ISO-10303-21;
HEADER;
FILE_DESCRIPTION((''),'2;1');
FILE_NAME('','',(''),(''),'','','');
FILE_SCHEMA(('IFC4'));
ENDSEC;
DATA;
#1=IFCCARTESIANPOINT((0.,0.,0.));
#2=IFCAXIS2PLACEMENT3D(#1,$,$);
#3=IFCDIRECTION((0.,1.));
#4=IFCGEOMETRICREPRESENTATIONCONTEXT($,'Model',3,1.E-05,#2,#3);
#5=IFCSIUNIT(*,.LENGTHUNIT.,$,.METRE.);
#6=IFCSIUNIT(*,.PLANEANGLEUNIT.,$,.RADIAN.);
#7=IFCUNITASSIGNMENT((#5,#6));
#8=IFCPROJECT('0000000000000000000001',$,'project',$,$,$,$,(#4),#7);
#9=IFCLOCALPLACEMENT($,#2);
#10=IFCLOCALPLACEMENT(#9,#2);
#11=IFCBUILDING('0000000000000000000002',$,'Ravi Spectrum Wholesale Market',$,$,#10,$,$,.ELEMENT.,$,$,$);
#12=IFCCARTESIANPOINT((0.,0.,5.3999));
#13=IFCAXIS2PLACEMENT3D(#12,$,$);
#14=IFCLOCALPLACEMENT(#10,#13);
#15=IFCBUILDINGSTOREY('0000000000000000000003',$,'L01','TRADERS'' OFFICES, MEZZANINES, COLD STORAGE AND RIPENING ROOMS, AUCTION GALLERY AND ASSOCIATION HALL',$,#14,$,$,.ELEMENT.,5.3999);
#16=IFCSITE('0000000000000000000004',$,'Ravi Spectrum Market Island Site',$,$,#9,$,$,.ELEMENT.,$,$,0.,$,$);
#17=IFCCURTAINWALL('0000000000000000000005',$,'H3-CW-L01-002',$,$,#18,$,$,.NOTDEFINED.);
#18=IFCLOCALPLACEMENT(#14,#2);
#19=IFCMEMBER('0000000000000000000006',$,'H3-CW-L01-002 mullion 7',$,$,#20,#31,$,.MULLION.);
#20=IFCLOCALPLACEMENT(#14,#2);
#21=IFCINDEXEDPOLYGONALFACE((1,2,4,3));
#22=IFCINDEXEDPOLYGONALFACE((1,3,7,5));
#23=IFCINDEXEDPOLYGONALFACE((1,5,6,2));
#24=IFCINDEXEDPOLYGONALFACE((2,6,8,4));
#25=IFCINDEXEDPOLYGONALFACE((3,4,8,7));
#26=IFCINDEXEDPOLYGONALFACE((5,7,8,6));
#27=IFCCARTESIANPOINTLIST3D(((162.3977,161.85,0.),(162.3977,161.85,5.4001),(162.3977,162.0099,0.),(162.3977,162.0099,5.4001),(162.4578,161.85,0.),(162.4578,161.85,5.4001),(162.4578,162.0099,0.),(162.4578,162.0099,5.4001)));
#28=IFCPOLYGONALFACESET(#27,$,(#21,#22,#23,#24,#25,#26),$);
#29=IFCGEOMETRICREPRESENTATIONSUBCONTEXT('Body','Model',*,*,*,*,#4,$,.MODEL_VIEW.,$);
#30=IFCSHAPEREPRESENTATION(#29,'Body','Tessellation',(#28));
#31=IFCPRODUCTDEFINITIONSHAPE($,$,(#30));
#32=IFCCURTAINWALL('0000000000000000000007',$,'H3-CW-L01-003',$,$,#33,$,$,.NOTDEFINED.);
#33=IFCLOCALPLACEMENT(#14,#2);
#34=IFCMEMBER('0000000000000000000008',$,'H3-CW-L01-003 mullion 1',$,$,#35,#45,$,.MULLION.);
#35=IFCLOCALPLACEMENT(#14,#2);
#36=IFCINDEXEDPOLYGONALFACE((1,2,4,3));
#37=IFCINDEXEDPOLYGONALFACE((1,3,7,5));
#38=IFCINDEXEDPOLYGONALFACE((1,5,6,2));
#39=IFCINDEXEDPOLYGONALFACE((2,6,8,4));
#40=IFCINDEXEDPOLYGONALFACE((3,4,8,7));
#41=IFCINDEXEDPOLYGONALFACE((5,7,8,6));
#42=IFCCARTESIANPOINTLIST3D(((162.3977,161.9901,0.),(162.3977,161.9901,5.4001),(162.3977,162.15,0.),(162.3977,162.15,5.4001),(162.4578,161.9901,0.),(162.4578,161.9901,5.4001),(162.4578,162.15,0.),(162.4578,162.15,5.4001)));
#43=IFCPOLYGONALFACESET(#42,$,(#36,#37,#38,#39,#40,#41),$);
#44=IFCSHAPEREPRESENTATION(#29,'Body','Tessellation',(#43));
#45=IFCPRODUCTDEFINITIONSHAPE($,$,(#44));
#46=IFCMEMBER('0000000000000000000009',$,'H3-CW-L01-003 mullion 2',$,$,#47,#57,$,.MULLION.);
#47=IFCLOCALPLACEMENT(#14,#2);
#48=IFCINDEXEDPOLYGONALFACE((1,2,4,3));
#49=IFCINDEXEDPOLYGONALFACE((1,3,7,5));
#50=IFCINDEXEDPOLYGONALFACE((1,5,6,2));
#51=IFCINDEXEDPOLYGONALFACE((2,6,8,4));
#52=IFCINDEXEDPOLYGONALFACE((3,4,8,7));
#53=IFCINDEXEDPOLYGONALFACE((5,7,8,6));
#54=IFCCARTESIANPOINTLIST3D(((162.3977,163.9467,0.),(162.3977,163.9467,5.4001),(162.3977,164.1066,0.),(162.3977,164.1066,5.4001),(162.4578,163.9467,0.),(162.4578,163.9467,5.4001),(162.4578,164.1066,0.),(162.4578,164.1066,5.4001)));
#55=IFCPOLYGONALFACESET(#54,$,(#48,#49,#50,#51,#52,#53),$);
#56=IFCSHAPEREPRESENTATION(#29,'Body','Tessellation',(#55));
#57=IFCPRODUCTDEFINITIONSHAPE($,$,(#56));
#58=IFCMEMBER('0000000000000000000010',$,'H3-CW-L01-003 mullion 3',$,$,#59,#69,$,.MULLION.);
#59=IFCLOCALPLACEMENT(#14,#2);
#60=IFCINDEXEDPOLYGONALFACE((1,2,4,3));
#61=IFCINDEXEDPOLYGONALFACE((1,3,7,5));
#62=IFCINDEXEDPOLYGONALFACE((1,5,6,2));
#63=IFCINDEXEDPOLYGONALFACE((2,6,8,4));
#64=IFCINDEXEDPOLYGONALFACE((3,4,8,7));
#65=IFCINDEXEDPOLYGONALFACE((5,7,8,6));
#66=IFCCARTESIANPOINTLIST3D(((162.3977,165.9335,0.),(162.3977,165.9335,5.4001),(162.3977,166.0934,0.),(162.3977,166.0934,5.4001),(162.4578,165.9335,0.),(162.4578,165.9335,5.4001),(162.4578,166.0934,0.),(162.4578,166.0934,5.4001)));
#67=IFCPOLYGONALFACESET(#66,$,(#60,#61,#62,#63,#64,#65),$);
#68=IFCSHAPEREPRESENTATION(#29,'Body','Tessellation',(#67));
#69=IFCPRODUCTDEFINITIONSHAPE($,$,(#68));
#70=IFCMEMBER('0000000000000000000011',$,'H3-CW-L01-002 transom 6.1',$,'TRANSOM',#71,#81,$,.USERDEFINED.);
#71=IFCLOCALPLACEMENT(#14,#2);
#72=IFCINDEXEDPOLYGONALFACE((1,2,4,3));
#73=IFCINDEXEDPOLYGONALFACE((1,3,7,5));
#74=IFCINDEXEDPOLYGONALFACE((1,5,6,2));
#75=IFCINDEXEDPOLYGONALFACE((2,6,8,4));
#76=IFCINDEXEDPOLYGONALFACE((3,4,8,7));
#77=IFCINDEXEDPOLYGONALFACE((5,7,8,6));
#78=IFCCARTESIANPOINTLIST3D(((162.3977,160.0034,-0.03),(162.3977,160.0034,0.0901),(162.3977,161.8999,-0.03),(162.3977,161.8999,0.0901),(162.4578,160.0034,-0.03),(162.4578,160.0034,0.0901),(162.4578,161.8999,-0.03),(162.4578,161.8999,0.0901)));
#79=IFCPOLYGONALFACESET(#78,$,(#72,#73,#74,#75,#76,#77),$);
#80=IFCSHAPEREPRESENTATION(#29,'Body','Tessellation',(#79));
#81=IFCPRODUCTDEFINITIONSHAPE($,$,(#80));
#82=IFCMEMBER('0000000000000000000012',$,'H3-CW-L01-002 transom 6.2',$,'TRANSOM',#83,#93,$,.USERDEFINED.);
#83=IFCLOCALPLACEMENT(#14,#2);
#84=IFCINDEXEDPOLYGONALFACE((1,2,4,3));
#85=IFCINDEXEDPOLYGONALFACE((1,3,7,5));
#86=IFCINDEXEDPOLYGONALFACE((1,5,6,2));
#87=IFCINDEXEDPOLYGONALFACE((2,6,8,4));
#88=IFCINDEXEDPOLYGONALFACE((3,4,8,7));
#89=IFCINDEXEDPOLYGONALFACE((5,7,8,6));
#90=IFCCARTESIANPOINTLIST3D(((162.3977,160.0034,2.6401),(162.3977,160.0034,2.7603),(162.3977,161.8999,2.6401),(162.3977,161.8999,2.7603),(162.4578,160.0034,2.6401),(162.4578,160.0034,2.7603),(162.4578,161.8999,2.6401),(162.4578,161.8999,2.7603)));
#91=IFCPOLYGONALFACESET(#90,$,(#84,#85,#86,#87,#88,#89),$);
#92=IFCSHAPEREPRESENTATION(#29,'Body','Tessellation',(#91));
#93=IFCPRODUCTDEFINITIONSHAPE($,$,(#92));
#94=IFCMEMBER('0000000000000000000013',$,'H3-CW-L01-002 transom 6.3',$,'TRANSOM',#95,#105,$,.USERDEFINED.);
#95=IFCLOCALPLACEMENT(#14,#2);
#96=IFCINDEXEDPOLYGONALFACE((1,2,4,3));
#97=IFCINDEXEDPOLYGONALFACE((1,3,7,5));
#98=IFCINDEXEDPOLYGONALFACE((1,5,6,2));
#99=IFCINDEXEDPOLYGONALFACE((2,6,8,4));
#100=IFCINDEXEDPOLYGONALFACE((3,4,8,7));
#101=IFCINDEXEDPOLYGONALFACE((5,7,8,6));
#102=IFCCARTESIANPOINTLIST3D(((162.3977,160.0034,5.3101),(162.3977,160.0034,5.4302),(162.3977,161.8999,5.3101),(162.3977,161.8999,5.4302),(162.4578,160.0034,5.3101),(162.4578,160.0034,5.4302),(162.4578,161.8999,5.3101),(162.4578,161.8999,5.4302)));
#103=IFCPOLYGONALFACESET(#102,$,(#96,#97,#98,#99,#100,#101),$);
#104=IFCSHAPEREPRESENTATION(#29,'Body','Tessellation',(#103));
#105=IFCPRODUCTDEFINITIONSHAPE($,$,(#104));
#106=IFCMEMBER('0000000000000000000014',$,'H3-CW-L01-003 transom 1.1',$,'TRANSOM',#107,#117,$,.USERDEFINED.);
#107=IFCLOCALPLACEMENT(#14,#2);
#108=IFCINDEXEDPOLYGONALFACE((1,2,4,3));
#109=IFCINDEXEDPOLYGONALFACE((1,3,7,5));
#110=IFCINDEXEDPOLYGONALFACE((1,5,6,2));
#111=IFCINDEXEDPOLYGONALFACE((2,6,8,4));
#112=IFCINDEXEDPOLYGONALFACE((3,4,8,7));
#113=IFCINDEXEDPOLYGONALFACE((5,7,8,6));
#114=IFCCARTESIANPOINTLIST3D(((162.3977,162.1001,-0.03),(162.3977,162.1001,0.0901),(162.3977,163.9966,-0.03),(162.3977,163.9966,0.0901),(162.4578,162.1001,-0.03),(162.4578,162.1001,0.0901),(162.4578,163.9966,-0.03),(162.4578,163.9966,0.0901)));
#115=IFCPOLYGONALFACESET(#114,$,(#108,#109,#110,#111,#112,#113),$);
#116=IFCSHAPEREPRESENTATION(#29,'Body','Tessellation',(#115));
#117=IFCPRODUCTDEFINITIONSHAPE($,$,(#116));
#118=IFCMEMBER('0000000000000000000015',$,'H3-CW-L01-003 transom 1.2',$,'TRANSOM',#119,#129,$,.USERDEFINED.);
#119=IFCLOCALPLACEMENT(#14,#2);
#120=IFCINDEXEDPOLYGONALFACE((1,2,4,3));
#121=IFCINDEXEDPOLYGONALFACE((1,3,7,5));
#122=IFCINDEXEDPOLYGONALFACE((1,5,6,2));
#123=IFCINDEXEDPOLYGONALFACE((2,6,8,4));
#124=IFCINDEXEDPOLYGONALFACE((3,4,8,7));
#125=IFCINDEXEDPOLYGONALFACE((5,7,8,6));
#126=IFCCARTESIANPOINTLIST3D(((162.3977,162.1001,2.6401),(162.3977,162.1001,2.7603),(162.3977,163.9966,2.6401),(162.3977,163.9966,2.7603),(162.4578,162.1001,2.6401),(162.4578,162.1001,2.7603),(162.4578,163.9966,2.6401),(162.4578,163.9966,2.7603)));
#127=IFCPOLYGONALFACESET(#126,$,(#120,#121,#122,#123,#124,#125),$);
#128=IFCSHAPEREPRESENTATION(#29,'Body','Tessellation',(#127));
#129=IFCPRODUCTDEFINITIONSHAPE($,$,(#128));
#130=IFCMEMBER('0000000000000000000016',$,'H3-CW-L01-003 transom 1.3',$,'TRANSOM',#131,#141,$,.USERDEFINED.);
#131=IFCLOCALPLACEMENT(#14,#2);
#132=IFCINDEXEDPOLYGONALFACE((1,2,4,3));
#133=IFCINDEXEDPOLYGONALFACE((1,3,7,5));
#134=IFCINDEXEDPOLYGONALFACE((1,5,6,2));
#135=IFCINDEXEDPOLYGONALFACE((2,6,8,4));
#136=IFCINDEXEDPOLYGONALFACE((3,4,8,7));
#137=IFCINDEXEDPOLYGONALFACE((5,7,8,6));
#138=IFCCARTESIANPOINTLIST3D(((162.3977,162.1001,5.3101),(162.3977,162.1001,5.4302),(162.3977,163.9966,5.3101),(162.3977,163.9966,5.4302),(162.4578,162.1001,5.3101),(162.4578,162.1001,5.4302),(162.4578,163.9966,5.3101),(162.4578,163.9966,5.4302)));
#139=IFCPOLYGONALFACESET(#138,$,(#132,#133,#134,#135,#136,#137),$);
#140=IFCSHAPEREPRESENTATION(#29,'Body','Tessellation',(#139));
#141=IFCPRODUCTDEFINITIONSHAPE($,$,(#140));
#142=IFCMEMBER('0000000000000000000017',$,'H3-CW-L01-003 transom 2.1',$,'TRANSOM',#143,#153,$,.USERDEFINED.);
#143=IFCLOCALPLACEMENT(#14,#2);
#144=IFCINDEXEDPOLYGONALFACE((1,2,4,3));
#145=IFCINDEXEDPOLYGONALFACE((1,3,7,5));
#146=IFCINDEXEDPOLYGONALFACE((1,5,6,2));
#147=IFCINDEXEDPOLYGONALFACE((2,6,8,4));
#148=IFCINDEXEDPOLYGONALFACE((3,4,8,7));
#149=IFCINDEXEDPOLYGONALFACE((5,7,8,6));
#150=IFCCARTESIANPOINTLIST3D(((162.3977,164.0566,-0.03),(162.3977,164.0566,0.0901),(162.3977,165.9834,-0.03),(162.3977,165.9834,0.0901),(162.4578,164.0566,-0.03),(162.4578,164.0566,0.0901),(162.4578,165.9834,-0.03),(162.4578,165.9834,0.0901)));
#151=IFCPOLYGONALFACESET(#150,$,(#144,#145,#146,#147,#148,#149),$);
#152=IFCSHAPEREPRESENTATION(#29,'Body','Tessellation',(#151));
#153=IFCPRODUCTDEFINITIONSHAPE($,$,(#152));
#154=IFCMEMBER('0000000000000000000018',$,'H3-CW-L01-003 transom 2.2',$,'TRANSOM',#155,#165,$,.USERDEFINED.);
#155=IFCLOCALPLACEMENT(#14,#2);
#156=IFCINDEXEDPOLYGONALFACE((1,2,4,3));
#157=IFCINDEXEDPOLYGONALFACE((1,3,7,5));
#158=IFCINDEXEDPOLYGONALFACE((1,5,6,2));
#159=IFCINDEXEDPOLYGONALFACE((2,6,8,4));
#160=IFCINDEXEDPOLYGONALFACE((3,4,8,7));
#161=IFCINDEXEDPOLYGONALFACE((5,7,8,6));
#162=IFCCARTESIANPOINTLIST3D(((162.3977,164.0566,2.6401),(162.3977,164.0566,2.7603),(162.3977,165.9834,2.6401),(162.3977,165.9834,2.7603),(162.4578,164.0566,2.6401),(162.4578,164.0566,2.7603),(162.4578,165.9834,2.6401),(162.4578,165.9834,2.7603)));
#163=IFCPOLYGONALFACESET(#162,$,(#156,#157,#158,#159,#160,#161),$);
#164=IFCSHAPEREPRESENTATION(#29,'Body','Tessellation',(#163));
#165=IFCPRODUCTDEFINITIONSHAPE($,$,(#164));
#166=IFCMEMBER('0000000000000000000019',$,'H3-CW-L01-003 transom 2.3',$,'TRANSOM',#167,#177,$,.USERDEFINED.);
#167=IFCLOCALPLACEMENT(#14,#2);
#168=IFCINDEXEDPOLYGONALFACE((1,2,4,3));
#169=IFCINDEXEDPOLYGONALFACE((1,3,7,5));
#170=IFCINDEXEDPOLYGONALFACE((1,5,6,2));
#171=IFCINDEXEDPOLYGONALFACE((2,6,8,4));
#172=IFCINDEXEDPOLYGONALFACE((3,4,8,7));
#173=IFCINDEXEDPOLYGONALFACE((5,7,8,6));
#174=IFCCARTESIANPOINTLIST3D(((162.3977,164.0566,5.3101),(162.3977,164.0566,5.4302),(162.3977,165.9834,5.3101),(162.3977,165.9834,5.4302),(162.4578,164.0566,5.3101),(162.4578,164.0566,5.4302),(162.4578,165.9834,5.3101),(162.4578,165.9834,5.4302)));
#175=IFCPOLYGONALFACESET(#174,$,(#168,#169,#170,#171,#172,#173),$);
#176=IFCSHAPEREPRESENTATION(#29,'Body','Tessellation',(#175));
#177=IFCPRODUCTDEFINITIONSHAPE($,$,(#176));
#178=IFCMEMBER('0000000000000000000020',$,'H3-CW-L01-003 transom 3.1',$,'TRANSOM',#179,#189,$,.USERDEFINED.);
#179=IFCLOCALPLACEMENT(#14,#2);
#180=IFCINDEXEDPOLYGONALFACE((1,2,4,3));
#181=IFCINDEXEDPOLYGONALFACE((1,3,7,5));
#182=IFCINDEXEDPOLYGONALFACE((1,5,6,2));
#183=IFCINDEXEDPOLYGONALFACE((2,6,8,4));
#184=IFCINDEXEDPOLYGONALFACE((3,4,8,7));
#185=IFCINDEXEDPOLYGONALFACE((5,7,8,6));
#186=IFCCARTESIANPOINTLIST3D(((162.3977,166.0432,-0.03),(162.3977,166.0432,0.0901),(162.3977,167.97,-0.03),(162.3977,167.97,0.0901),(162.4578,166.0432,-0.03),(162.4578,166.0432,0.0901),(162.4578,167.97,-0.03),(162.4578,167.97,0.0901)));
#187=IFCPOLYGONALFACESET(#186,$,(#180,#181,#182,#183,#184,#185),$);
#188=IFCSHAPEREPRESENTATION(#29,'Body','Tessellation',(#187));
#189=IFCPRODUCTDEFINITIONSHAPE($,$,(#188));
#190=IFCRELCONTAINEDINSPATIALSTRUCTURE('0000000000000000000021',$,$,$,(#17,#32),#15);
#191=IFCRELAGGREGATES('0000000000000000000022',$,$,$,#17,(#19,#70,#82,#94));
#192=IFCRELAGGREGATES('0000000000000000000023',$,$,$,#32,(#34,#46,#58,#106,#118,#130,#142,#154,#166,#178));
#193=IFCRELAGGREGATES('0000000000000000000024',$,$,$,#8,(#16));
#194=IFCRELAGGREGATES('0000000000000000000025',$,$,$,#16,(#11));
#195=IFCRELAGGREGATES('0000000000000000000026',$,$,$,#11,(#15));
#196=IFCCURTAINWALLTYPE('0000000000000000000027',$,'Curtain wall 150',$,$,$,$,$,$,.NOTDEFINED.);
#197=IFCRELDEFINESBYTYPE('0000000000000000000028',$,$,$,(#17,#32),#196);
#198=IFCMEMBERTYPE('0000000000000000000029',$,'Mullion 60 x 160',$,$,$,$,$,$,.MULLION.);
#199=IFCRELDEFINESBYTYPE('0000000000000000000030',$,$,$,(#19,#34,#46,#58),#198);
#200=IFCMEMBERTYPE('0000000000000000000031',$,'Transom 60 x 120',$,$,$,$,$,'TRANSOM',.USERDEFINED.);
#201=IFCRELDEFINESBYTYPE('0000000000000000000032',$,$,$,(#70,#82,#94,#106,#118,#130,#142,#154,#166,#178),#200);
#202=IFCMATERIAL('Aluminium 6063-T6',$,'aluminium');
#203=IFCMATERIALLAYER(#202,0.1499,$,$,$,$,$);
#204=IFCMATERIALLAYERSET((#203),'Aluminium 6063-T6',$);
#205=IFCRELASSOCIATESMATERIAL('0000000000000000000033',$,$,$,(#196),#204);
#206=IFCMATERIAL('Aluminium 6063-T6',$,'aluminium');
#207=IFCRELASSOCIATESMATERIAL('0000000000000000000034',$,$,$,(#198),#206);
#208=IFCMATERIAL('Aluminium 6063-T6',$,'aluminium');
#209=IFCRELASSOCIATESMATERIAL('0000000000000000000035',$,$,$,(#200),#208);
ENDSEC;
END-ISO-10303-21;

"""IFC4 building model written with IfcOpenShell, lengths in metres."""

from ifc_helpers import new_model, si_unit, direction, frame, origin, origin_2d, place, context, subcontext, project, spatial, rectangle, extrude, material, layer, layer_set, material_profile, profile_set, type_object, element, aggregate, save


model = new_model("IFC4")

# Units and contexts
model_context = context("Model", 3, precision=1e-05, world=origin(), true_north=direction((0.0, 1.0)))
body_context = subcontext(model_context, "Body", "Model", "MODEL_VIEW")
ifc_project = project(units=[si_unit("LENGTHUNIT", "METRE"), si_unit("PLANEANGLEUNIT", "RADIAN")], contexts=[model_context])

# Site, building, storey
site_placement = place(None, origin())
site = spatial("IfcSite", under=ifc_project, at=site_placement, Name="Ravi Spectrum Market Island Site", CompositionType="ELEMENT", RefElevation=0.0)
building_placement = place(site_placement, origin())
building = spatial("IfcBuilding", under=site, at=building_placement, Name="Ravi Spectrum Wholesale Market", CompositionType="ELEMENT")
storey_placement = place(building_placement, frame((0.0, 0.0, 5.3999)))
storey = spatial("IfcBuildingStorey", under=building, at=storey_placement, Name="L01", Description="TRADERS' OFFICES, MEZZANINES, COLD STORAGE AND RIPENING ROOMS, AUCTION GALLERY AND ASSOCIATION HALL", CompositionType="ELEMENT", Elevation=5.3999)

# Curtain wall, member
ifc_material_1 = material(Name="Aluminium 6063-T6", Category="aluminium")
ifc_layer_1 = layer(ifc_material_1, 0.1499)
ifc_layer_set_1 = layer_set([ifc_layer_1], Name="Aluminium 6063-T6")
curtain_wall_type = type_object("IfcCurtainWallType", Name="Curtain wall 150", PredefinedType="NOTDEFINED", material=ifc_layer_set_1)
curtain_wall_1_placement = place(storey_placement, origin())
curtain_wall_1 = element("IfcCurtainWall", 1, at=curtain_wall_1_placement, inside=storey, type_object=curtain_wall_type, Name="H3-CW-L01-002", PredefinedType="NOTDEFINED")
ifc_material_2 = material(Name="Aluminium 6063-T6", Category="aluminium")
ifc_material_profile_1 = material_profile(ifc_material_2, rectangle(XDim=0.0601, YDim=0.1599, at=origin_2d()))
ifc_profile_set_1 = profile_set([ifc_material_profile_1], Name="Aluminium 6063-T6")
member_type_1 = type_object("IfcMemberType", Name="Mullion 60 x 160", PredefinedType="MULLION", material=ifc_profile_set_1)
member_1_placement = place(storey_placement, frame((162.4277, 161.9299, 0.0), z_axis=(0.0, 0.0, 1.0), x_axis=(-1.0, 0.0, 0.0)))
member_1 = element("IfcMember", 2, at=member_1_placement, type_object=member_type_1, Name="H3-CW-L01-002 mullion 7", PredefinedType="MULLION", context=body_context, shape_type="SweptSolid", body=[
    extrude(rectangle(XDim=0.0601, YDim=0.1599, at=origin_2d()), origin(), (0.0, 0.0, 1.0), 5.4001),
])

# Curtain wall, members
curtain_wall_2_placement = place(storey_placement, origin())
curtain_wall_2 = element("IfcCurtainWall", 3, at=curtain_wall_2_placement, inside=storey, type_object=curtain_wall_type, Name="H3-CW-L01-003", PredefinedType="NOTDEFINED")
member_2_placement = place(storey_placement, frame((162.4277, 162.0701, 0.0), z_axis=(0.0, 0.0, 1.0), x_axis=(-1.0, 0.0, 0.0)))
member_2 = element("IfcMember", 4, at=member_2_placement, type_object=member_type_1, Name="H3-CW-L01-003 mullion 1", PredefinedType="MULLION", context=body_context, shape_type="SweptSolid", body=[
    extrude(rectangle(XDim=0.0601, YDim=0.1599, at=origin_2d()), origin(), (0.0, 0.0, 1.0), 5.4001),
])
member_3_placement = place(storey_placement, frame((162.4277, 164.0266, 0.0), z_axis=(0.0, 0.0, 1.0), x_axis=(-1.0, 0.0, 0.0)))
member_3 = element("IfcMember", 5, at=member_3_placement, type_object=member_type_1, Name="H3-CW-L01-003 mullion 2", PredefinedType="MULLION", context=body_context, shape_type="SweptSolid", body=[
    extrude(rectangle(XDim=0.0601, YDim=0.1599, at=origin_2d()), origin(), (0.0, 0.0, 1.0), 5.4001),
])
member_4_placement = place(storey_placement, frame((162.4277, 166.0134, 0.0), z_axis=(0.0, 0.0, 1.0), x_axis=(-1.0, 0.0, 0.0)))
member_4 = element("IfcMember", 6, at=member_4_placement, type_object=member_type_1, Name="H3-CW-L01-003 mullion 3", PredefinedType="MULLION", context=body_context, shape_type="SweptSolid", body=[
    extrude(rectangle(XDim=0.0601, YDim=0.1599, at=origin_2d()), origin(), (0.0, 0.0, 1.0), 5.4001),
])

# Members
ifc_material_3 = material(Name="Aluminium 6063-T6", Category="aluminium")
ifc_material_profile_2 = material_profile(ifc_material_3, rectangle(XDim=0.0601, YDim=0.1201, at=origin_2d()))
ifc_profile_set_2 = profile_set([ifc_material_profile_2], Name="Aluminium 6063-T6")
member_type_2 = type_object("IfcMemberType", Name="Transom 60 x 120", ElementType="TRANSOM", PredefinedType="USERDEFINED", material=ifc_profile_set_2)
member_5_placement = place(storey_placement, frame((162.4277, 160.0034, 0.03), z_axis=(0.0, 1.0, 0.0), x_axis=(-1.0, 0.0, 0.0)))
member_5 = element("IfcMember", 7, at=member_5_placement, type_object=member_type_2, Name="H3-CW-L01-002 transom 6.1", ObjectType="TRANSOM", PredefinedType="USERDEFINED", context=body_context, shape_type="SweptSolid", body=[
    extrude(rectangle(XDim=0.0601, YDim=0.1201, at=origin_2d()), origin(), (0.0, 0.0, 1.0), 1.8965),
])
member_6_placement = place(storey_placement, frame((162.4277, 160.0034, 2.7002), z_axis=(0.0, 1.0, 0.0), x_axis=(-1.0, 0.0, 0.0)))
member_6 = element("IfcMember", 8, at=member_6_placement, type_object=member_type_2, Name="H3-CW-L01-002 transom 6.2", ObjectType="TRANSOM", PredefinedType="USERDEFINED", context=body_context, shape_type="SweptSolid", body=[
    extrude(rectangle(XDim=0.0601, YDim=0.1201, at=origin_2d()), origin(), (0.0, 0.0, 1.0), 1.8965),
])
member_7_placement = place(storey_placement, frame((162.4277, 160.0034, 5.3701), z_axis=(0.0, 1.0, 0.0), x_axis=(-1.0, 0.0, 0.0)))
member_7 = element("IfcMember", 9, at=member_7_placement, type_object=member_type_2, Name="H3-CW-L01-002 transom 6.3", ObjectType="TRANSOM", PredefinedType="USERDEFINED", context=body_context, shape_type="SweptSolid", body=[
    extrude(rectangle(XDim=0.0601, YDim=0.1201, at=origin_2d()), origin(), (0.0, 0.0, 1.0), 1.8965),
])
member_8_placement = place(storey_placement, frame((162.4277, 162.1001, 0.03), z_axis=(0.0, 1.0, 0.0), x_axis=(-1.0, 0.0, 0.0)))
member_8 = element("IfcMember", 10, at=member_8_placement, type_object=member_type_2, Name="H3-CW-L01-003 transom 1.1", ObjectType="TRANSOM", PredefinedType="USERDEFINED", context=body_context, shape_type="SweptSolid", body=[
    extrude(rectangle(XDim=0.0601, YDim=0.1201, at=origin_2d()), origin(), (0.0, 0.0, 1.0), 1.8965),
])
member_9_placement = place(storey_placement, frame((162.4277, 162.1001, 2.7002), z_axis=(0.0, 1.0, 0.0), x_axis=(-1.0, 0.0, 0.0)))
member_9 = element("IfcMember", 11, at=member_9_placement, type_object=member_type_2, Name="H3-CW-L01-003 transom 1.2", ObjectType="TRANSOM", PredefinedType="USERDEFINED", context=body_context, shape_type="SweptSolid", body=[
    extrude(rectangle(XDim=0.0601, YDim=0.1201, at=origin_2d()), origin(), (0.0, 0.0, 1.0), 1.8965),
])
member_10_placement = place(storey_placement, frame((162.4277, 162.1001, 5.3701), z_axis=(0.0, 1.0, 0.0), x_axis=(-1.0, 0.0, 0.0)))
member_10 = element("IfcMember", 12, at=member_10_placement, type_object=member_type_2, Name="H3-CW-L01-003 transom 1.3", ObjectType="TRANSOM", PredefinedType="USERDEFINED", context=body_context, shape_type="SweptSolid", body=[
    extrude(rectangle(XDim=0.0601, YDim=0.1201, at=origin_2d()), origin(), (0.0, 0.0, 1.0), 1.8965),
])
member_11_placement = place(storey_placement, frame((162.4277, 164.0566, 0.03), z_axis=(0.0, 1.0, 0.0), x_axis=(-1.0, 0.0, 0.0)))
member_11 = element("IfcMember", 13, at=member_11_placement, type_object=member_type_2, Name="H3-CW-L01-003 transom 2.1", ObjectType="TRANSOM", PredefinedType="USERDEFINED", context=body_context, shape_type="SweptSolid", body=[
    extrude(rectangle(XDim=0.0601, YDim=0.1201, at=origin_2d()), origin(), (0.0, 0.0, 1.0), 1.9268),
])
member_12_placement = place(storey_placement, frame((162.4277, 164.0566, 2.7002), z_axis=(0.0, 1.0, 0.0), x_axis=(-1.0, 0.0, 0.0)))
member_12 = element("IfcMember", 14, at=member_12_placement, type_object=member_type_2, Name="H3-CW-L01-003 transom 2.2", ObjectType="TRANSOM", PredefinedType="USERDEFINED", context=body_context, shape_type="SweptSolid", body=[
    extrude(rectangle(XDim=0.0601, YDim=0.1201, at=origin_2d()), origin(), (0.0, 0.0, 1.0), 1.9268),
])
member_13_placement = place(storey_placement, frame((162.4277, 164.0566, 5.3701), z_axis=(0.0, 1.0, 0.0), x_axis=(-1.0, 0.0, 0.0)))
member_13 = element("IfcMember", 15, at=member_13_placement, type_object=member_type_2, Name="H3-CW-L01-003 transom 2.3", ObjectType="TRANSOM", PredefinedType="USERDEFINED", context=body_context, shape_type="SweptSolid", body=[
    extrude(rectangle(XDim=0.0601, YDim=0.1201, at=origin_2d()), origin(), (0.0, 0.0, 1.0), 1.9268),
])
member_14_placement = place(storey_placement, frame((162.4277, 166.0432, 0.03), z_axis=(0.0, 1.0, 0.0), x_axis=(-1.0, 0.0, 0.0)))
member_14 = element("IfcMember", 16, at=member_14_placement, type_object=member_type_2, Name="H3-CW-L01-003 transom 3.1", ObjectType="TRANSOM", PredefinedType="USERDEFINED", context=body_context, shape_type="SweptSolid", body=[
    extrude(rectangle(XDim=0.0601, YDim=0.1201, at=origin_2d()), origin(), (0.0, 0.0, 1.0), 1.9268),
])

aggregate(curtain_wall_1, [member_1, member_5, member_6, member_7])
aggregate(curtain_wall_2, [member_2, member_3, member_4, member_8, member_9, member_10, member_11, member_12, member_13, member_14])

save(model, "model.ifc")
